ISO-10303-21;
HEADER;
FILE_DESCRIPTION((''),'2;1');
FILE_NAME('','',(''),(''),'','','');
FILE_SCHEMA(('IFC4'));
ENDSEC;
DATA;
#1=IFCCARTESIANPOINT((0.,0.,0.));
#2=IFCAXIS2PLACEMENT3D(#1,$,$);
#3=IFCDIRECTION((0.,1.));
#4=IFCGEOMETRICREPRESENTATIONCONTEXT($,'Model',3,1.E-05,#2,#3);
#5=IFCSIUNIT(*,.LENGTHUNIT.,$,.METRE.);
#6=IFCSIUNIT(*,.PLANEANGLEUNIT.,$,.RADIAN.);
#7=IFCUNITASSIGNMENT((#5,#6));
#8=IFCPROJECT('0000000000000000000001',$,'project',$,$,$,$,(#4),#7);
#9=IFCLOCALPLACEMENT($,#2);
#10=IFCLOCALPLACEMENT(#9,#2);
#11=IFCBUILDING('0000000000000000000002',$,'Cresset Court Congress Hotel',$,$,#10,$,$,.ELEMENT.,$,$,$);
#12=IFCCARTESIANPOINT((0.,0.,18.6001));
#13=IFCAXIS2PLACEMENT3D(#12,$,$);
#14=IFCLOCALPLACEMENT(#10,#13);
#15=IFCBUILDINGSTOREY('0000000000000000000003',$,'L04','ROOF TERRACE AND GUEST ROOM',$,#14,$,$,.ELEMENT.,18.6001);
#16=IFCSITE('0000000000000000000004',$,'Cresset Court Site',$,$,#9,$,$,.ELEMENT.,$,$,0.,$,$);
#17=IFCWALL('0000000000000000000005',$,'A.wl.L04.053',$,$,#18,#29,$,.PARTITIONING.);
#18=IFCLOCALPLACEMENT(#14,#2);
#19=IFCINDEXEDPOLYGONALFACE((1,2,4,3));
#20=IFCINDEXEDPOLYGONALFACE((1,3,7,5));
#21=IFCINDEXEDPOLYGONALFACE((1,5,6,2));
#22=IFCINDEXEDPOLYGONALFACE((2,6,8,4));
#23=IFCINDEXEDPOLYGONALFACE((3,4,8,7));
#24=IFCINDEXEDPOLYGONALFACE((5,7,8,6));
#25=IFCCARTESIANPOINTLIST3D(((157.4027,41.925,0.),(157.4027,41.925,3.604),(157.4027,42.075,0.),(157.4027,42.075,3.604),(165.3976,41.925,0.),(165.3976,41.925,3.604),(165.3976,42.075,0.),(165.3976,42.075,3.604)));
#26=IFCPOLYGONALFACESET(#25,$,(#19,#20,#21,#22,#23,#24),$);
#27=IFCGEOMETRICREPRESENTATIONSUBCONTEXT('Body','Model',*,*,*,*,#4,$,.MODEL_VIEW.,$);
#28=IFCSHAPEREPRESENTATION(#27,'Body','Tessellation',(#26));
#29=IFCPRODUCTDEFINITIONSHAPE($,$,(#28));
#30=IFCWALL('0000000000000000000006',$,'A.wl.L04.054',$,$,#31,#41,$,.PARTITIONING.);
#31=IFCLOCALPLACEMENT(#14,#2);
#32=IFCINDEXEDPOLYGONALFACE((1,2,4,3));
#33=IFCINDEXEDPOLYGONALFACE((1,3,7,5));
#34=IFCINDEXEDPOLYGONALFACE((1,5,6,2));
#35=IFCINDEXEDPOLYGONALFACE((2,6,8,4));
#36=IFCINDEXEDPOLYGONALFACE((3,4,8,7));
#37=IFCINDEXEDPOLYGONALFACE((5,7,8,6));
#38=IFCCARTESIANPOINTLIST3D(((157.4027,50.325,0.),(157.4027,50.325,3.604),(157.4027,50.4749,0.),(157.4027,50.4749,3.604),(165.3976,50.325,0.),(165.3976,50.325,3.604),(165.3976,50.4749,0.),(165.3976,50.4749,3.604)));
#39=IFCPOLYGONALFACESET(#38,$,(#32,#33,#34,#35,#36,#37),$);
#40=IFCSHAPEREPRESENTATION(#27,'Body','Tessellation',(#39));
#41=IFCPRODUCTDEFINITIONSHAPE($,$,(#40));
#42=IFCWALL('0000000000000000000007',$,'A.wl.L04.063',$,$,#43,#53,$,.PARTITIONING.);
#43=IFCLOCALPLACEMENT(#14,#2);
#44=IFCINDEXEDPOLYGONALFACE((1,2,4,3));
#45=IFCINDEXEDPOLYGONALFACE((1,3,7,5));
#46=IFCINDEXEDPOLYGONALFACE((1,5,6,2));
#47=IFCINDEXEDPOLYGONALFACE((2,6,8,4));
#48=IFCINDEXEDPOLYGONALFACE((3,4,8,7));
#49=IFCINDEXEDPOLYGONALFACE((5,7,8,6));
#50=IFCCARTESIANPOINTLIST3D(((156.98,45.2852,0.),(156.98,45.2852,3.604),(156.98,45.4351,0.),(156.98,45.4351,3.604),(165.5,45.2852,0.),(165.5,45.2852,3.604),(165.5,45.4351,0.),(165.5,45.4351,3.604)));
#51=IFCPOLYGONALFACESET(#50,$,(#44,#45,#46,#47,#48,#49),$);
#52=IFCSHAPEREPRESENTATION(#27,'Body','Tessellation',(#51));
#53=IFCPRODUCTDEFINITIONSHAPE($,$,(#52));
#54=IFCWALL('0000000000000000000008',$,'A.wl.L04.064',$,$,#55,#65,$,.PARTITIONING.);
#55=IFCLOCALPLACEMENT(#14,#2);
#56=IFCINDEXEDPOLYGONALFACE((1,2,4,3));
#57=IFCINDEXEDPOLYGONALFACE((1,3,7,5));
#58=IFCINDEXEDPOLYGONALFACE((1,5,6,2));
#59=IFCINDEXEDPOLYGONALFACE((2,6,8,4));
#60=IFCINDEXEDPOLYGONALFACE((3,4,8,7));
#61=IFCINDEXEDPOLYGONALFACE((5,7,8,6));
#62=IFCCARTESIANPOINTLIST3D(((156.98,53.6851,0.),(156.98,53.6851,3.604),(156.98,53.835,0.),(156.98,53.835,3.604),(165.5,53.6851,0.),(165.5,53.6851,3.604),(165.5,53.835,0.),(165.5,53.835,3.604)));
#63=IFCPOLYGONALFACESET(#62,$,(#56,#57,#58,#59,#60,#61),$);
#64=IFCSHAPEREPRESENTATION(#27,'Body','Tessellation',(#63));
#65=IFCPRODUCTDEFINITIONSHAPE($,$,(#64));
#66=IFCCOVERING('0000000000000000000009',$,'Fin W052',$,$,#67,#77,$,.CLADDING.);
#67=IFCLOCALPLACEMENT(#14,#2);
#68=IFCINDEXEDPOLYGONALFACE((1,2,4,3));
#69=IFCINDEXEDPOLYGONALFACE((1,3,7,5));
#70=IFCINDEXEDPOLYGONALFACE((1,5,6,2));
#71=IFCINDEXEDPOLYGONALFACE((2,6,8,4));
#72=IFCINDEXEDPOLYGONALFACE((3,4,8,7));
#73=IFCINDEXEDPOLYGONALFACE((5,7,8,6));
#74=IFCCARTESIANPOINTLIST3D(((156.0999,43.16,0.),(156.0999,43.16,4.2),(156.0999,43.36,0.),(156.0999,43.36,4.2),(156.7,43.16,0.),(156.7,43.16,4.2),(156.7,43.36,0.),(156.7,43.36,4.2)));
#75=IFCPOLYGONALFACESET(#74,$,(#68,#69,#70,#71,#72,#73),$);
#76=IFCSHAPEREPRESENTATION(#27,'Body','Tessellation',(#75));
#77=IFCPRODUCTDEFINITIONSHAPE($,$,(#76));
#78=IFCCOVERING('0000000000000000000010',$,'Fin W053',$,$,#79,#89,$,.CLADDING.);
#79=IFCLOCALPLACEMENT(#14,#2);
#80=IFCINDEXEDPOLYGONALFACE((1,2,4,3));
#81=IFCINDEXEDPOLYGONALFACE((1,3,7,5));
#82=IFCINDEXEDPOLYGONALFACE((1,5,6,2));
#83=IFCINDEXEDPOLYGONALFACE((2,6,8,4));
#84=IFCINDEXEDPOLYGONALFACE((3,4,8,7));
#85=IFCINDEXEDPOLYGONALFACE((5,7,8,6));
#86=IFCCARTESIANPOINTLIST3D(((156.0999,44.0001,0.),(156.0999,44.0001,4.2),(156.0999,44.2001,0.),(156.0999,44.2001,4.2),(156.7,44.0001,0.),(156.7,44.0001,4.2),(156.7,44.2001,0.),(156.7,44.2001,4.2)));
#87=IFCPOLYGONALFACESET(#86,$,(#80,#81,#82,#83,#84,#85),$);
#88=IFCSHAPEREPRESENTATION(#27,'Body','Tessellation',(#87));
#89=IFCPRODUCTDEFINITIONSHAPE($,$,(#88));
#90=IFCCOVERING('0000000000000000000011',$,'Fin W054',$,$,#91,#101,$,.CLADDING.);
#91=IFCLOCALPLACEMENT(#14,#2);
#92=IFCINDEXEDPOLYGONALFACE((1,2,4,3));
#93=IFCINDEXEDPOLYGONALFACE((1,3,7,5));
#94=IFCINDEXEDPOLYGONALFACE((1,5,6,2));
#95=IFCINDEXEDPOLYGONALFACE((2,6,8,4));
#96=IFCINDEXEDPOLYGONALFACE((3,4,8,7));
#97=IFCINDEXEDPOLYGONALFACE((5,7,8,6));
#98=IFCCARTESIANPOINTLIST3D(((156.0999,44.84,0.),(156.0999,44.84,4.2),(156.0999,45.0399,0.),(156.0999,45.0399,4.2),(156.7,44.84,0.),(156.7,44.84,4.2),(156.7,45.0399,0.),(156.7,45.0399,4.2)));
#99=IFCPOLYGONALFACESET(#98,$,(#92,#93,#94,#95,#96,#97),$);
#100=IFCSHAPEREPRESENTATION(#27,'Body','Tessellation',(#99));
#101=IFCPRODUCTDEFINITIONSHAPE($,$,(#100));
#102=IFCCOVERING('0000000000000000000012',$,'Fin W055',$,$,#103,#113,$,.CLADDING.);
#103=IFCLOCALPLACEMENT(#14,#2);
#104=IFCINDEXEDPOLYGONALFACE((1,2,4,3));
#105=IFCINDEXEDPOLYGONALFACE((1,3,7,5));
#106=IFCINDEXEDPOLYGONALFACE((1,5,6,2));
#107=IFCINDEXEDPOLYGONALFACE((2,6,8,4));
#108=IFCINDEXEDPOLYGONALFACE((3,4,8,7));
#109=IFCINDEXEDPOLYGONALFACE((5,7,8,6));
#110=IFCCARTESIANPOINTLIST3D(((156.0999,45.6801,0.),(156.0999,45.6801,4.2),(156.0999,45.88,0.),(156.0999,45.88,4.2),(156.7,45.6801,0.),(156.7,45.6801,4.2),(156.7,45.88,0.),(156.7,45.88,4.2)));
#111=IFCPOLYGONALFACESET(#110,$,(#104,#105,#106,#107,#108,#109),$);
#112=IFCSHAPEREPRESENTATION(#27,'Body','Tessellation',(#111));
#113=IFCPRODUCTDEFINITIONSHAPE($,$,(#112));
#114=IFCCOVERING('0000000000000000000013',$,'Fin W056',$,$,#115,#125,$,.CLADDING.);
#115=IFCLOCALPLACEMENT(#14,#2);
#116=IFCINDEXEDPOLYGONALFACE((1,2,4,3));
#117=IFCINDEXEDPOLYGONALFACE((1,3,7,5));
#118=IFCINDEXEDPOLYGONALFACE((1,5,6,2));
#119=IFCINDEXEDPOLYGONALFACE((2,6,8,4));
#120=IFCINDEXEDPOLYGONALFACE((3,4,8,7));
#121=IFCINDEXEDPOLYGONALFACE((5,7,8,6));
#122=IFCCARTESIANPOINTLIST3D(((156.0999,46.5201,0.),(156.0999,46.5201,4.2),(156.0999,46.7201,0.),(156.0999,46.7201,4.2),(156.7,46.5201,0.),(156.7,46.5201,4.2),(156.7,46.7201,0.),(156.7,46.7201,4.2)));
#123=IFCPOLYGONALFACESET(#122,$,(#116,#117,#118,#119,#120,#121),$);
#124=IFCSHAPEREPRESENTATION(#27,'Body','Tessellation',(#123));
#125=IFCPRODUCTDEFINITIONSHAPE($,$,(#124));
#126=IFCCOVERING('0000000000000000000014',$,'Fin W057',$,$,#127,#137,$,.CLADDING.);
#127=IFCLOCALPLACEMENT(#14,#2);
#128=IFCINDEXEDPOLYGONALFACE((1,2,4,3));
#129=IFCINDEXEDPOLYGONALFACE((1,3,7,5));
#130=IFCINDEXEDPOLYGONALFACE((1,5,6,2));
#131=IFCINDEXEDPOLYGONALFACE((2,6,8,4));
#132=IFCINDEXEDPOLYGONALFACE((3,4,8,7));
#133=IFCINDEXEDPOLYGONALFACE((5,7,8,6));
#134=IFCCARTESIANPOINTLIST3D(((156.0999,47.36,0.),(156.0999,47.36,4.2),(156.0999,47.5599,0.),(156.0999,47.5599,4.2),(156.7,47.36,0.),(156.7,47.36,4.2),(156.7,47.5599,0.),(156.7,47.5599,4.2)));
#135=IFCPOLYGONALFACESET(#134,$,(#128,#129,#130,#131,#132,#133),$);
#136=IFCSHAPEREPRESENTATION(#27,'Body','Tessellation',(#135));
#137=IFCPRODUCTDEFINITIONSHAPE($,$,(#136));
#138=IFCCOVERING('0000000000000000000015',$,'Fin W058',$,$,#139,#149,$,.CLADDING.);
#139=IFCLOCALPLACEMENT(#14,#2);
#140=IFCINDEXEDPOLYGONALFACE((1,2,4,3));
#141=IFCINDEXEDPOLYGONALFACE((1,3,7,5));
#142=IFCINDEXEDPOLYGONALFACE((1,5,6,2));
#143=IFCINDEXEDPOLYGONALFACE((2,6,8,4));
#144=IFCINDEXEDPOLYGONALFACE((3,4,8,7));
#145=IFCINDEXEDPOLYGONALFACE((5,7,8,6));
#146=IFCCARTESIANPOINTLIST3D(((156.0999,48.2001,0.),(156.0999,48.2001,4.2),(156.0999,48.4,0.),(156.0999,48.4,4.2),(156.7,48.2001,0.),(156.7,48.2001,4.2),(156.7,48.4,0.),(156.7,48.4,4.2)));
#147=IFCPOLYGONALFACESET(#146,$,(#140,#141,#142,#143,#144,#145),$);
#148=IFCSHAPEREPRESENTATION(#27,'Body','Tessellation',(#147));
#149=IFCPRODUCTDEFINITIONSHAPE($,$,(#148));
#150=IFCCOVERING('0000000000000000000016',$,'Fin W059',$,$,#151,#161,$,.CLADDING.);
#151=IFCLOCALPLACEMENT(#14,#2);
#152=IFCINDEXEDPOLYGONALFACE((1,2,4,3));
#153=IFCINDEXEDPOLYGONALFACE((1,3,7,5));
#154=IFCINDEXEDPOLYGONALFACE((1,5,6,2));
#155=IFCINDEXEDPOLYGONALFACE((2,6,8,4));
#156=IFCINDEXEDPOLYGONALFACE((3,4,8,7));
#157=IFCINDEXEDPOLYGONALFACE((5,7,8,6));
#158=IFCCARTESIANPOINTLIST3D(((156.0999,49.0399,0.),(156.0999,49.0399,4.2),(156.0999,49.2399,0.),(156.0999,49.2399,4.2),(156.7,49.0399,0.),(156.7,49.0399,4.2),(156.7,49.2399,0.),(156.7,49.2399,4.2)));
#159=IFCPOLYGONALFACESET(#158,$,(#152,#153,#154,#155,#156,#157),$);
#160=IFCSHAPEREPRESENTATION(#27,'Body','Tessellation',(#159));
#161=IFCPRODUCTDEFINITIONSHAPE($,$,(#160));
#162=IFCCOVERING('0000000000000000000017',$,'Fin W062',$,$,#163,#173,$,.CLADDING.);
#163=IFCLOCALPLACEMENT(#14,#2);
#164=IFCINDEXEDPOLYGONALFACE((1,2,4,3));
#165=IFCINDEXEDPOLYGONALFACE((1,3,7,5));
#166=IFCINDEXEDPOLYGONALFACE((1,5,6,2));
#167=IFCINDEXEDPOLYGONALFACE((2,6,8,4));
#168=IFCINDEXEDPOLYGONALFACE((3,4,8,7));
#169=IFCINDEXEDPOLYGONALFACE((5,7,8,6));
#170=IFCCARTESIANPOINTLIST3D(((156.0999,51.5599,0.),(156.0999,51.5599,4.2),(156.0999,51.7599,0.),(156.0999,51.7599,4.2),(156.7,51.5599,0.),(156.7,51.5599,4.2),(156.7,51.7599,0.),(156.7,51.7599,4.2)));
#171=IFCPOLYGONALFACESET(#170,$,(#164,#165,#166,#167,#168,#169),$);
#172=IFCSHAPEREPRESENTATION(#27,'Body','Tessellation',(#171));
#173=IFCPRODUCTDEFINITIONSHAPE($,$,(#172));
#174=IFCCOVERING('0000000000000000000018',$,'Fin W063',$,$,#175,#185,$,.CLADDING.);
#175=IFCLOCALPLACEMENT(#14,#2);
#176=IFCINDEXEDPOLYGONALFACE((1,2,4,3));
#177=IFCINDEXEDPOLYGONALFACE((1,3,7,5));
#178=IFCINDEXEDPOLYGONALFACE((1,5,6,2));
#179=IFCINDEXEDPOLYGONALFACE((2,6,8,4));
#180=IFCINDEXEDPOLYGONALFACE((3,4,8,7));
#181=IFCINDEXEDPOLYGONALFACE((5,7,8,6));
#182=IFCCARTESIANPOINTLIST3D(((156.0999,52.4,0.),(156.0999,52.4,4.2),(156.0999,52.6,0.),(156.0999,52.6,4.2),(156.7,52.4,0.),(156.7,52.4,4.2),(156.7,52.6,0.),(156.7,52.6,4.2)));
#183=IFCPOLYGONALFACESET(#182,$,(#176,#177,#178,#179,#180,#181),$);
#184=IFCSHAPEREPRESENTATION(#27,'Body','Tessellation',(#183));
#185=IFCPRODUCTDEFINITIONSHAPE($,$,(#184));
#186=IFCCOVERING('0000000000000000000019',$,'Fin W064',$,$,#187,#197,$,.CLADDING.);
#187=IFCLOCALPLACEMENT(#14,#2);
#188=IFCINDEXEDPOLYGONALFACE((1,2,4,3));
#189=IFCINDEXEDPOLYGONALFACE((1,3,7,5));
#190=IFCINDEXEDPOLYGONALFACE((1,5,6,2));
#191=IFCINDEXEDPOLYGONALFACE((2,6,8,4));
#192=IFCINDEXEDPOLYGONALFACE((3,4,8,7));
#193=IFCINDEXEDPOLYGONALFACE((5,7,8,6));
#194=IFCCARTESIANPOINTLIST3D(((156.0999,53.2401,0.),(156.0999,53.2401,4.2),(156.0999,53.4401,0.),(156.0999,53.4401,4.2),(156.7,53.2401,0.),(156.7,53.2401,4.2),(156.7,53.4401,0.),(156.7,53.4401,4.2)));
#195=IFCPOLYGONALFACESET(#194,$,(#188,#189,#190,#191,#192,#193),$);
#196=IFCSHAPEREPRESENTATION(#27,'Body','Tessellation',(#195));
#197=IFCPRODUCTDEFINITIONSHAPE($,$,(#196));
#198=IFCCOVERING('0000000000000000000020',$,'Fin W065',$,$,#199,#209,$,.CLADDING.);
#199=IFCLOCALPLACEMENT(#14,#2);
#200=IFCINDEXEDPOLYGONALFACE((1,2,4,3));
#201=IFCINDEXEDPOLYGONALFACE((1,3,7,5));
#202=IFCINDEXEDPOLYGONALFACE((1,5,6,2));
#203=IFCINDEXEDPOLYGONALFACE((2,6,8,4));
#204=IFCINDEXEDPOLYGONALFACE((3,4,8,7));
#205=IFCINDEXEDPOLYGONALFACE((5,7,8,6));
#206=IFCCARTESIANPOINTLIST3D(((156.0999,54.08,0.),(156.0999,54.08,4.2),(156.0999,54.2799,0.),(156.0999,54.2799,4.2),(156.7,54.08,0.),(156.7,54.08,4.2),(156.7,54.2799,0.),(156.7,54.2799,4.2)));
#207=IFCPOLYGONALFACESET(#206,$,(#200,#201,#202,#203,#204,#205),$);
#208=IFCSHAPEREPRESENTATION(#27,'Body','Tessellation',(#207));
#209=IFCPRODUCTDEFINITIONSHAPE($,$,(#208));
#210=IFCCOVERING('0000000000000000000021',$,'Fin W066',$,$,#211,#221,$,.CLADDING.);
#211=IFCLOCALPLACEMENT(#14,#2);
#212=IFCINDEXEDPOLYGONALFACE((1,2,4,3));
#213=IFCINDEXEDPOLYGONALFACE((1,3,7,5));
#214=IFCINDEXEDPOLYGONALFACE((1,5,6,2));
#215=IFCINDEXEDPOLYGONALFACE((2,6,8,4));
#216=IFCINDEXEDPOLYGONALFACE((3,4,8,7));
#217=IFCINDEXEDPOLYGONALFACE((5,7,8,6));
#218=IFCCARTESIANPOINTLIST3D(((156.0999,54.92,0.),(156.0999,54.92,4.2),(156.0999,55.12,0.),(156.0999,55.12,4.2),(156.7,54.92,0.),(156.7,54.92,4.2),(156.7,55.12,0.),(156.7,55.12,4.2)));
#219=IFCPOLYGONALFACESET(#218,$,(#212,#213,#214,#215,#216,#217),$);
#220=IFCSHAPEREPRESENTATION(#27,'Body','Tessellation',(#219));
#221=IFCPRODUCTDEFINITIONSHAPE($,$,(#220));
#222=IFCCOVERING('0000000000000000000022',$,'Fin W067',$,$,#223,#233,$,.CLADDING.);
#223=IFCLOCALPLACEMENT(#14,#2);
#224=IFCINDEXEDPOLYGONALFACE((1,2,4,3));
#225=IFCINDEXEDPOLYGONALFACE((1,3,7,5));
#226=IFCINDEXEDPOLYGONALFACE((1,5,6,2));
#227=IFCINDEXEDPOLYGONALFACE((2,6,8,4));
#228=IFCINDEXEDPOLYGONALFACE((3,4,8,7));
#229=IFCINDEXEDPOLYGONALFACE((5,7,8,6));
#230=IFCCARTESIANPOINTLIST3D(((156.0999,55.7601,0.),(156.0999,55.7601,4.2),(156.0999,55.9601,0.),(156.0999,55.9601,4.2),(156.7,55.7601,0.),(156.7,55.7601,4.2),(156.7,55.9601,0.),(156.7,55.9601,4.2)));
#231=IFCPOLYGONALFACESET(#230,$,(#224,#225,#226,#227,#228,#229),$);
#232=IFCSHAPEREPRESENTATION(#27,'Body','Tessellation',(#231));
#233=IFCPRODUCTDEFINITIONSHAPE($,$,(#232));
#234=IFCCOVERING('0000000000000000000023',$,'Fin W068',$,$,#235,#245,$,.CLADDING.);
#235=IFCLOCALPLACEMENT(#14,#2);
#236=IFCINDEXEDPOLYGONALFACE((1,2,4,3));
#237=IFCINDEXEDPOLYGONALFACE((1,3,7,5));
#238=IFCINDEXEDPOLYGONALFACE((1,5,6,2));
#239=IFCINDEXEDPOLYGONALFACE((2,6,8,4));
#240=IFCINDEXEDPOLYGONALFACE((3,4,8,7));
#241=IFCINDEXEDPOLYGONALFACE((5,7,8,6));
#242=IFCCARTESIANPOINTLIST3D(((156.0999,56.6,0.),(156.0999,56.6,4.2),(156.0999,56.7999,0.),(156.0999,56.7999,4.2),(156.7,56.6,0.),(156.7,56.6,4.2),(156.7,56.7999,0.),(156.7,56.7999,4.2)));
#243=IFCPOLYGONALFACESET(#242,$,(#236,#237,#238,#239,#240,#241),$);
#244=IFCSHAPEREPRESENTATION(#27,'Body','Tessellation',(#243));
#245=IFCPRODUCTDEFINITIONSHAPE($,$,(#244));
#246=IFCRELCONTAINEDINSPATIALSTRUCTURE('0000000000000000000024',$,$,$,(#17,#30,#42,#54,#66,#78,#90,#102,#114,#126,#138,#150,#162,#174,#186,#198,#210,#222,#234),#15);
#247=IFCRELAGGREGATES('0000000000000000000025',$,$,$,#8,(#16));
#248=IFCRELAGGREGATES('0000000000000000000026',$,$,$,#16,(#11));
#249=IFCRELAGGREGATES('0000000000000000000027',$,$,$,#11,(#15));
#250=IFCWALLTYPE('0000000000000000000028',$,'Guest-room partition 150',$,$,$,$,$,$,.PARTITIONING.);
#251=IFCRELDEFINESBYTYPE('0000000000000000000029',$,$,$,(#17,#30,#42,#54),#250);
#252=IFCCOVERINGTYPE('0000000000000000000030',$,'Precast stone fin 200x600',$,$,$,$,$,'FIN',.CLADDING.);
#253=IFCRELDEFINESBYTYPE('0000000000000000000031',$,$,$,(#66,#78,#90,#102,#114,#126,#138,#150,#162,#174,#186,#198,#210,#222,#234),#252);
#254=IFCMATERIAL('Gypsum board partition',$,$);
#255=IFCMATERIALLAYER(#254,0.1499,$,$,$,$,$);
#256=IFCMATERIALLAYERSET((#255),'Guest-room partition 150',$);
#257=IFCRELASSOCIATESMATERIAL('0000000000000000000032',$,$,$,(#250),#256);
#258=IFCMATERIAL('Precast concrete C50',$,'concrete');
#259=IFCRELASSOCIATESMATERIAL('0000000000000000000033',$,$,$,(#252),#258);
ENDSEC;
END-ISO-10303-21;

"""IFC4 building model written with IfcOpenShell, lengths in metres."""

from ifc_helpers import new_model, si_unit, direction, frame, frame_2d, origin, origin_2d, place, context, subcontext, project, spatial, rectangle, extrude, material, layer, layer_set, type_object, element, save


model = new_model("IFC4")

# Units and contexts
model_context = context("Model", 3, precision=1e-05, world=origin(), true_north=direction((0.0, 1.0)))
body_context = subcontext(model_context, "Body", "Model", "MODEL_VIEW")
ifc_project = project(units=[si_unit("LENGTHUNIT", "METRE"), si_unit("PLANEANGLEUNIT", "RADIAN")], contexts=[model_context])

# Site, building, storey
site_placement = place(None, origin())
site = spatial("IfcSite", under=ifc_project, at=site_placement, Name="Cresset Court Site", CompositionType="ELEMENT", RefElevation=0.0)
building_placement = place(site_placement, origin())
building = spatial("IfcBuilding", under=site, at=building_placement, Name="Cresset Court Congress Hotel", CompositionType="ELEMENT")
storey_placement = place(building_placement, frame((0.0, 0.0, 18.6001)))
storey = spatial("IfcBuildingStorey", under=building, at=storey_placement, Name="L04", Description="ROOF TERRACE AND GUEST ROOM", CompositionType="ELEMENT", Elevation=18.6001)

# Walls
ifc_material_1 = material(Name="Gypsum board partition")
ifc_layer = layer(ifc_material_1, 0.1499)
ifc_layer_set = layer_set([ifc_layer], Name="Guest-room partition 150")
wall_type = type_object("IfcWallType", Name="Guest-room partition 150", PredefinedType="PARTITIONING", material=ifc_layer_set)
for number, where, z_axis, x_axis, name in (
    (1, (157.4026, 42.0, 0.0), (0.0, 0.0, 1.0), (1.0, 0.0, 0.0), "A.wl.L04.053"),
    (2, (157.4026, 50.3999, 0.0), (0.0, 0.0, 1.0), (1.0, 0.0, 0.0), "A.wl.L04.054"),
):
    element("IfcWall", number, at=place(storey_placement, frame(where, z_axis=z_axis, x_axis=x_axis)), inside=storey, type_object=wall_type, Name=name, PredefinedType="PARTITIONING", context=body_context, shape_type="SweptSolid", body=[
        extrude(rectangle(XDim=7.9949, YDim=0.1499, at=frame_2d((3.9976, 0.0))), origin(), (0.0, 0.0, 1.0), 3.604),
    ])
for number, where, z_axis, x_axis, name in (
    (3, (156.98, 45.3601, 0.0), (0.0, 0.0, 1.0), (1.0, 0.0, 0.0), "A.wl.L04.063"),
    (4, (156.98, 53.76, 0.0), (0.0, 0.0, 1.0), (1.0, 0.0, 0.0), "A.wl.L04.064"),
):
    element("IfcWall", number, at=place(storey_placement, frame(where, z_axis=z_axis, x_axis=x_axis)), inside=storey, type_object=wall_type, Name=name, PredefinedType="PARTITIONING", context=body_context, shape_type="SweptSolid", body=[
        extrude(rectangle(XDim=8.52, YDim=0.1499, at=frame_2d((4.26, 0.0))), origin(), (0.0, 0.0, 1.0), 3.604),
    ])

# Coverings
ifc_material_2 = material(Name="Precast concrete C50", Category="concrete")
covering_type_1 = type_object("IfcCoveringType", Name="Precast stone fin 200x600", ElementType="FIN", PredefinedType="CLADDING", material=ifc_material_2)
for number, where, z_axis, x_axis, name in (
    (5, (156.3999, 43.26, 0.0), (0.0, 0.0, 1.0), (1.0, 0.0, 0.0), "Fin W052"),
    (6, (156.3999, 44.1001, 0.0), (0.0, 0.0, 1.0), (1.0, 0.0, 0.0), "Fin W053"),
    (7, (156.3999, 44.9399, 0.0), (0.0, 0.0, 1.0), (1.0, 0.0, 0.0), "Fin W054"),
    (8, (156.3999, 45.78, 0.0), (0.0, 0.0, 1.0), (1.0, 0.0, 0.0), "Fin W055"),
    (9, (156.3999, 46.6201, 0.0), (0.0, 0.0, 1.0), (1.0, 0.0, 0.0), "Fin W056"),
    (10, (156.3999, 47.46, 0.0), (0.0, 0.0, 1.0), (1.0, 0.0, 0.0), "Fin W057"),
    (11, (156.3999, 48.3, 0.0), (0.0, 0.0, 1.0), (1.0, 0.0, 0.0), "Fin W058"),
    (12, (156.3999, 49.1399, 0.0), (0.0, 0.0, 1.0), (1.0, 0.0, 0.0), "Fin W059"),
    (13, (156.3999, 51.6599, 0.0), (0.0, 0.0, 1.0), (1.0, 0.0, 0.0), "Fin W062"),
    (14, (156.3999, 52.5, 0.0), (0.0, 0.0, 1.0), (1.0, 0.0, 0.0), "Fin W063"),
    (15, (156.3999, 53.3401, 0.0), (0.0, 0.0, 1.0), (1.0, 0.0, 0.0), "Fin W064"),
    (16, (156.3999, 54.1799, 0.0), (0.0, 0.0, 1.0), (1.0, 0.0, 0.0), "Fin W065"),
    (17, (156.3999, 55.02, 0.0), (0.0, 0.0, 1.0), (1.0, 0.0, 0.0), "Fin W066"),
    (18, (156.3999, 55.8601, 0.0), (0.0, 0.0, 1.0), (1.0, 0.0, 0.0), "Fin W067"),
    (19, (156.3999, 56.7, 0.0), (0.0, 0.0, 1.0), (1.0, 0.0, 0.0), "Fin W068"),
):
    element("IfcCovering", number, at=place(storey_placement, frame(where, z_axis=z_axis, x_axis=x_axis)), inside=storey, type_object=covering_type_1, Name=name, PredefinedType="CLADDING", context=body_context, shape_type="SweptSolid", body=[
        extrude(rectangle(XDim=0.6001, YDim=0.2, at=origin_2d()), origin(), (0.0, 0.0, 1.0), 4.2),
    ])

save(model, "model.ifc")
